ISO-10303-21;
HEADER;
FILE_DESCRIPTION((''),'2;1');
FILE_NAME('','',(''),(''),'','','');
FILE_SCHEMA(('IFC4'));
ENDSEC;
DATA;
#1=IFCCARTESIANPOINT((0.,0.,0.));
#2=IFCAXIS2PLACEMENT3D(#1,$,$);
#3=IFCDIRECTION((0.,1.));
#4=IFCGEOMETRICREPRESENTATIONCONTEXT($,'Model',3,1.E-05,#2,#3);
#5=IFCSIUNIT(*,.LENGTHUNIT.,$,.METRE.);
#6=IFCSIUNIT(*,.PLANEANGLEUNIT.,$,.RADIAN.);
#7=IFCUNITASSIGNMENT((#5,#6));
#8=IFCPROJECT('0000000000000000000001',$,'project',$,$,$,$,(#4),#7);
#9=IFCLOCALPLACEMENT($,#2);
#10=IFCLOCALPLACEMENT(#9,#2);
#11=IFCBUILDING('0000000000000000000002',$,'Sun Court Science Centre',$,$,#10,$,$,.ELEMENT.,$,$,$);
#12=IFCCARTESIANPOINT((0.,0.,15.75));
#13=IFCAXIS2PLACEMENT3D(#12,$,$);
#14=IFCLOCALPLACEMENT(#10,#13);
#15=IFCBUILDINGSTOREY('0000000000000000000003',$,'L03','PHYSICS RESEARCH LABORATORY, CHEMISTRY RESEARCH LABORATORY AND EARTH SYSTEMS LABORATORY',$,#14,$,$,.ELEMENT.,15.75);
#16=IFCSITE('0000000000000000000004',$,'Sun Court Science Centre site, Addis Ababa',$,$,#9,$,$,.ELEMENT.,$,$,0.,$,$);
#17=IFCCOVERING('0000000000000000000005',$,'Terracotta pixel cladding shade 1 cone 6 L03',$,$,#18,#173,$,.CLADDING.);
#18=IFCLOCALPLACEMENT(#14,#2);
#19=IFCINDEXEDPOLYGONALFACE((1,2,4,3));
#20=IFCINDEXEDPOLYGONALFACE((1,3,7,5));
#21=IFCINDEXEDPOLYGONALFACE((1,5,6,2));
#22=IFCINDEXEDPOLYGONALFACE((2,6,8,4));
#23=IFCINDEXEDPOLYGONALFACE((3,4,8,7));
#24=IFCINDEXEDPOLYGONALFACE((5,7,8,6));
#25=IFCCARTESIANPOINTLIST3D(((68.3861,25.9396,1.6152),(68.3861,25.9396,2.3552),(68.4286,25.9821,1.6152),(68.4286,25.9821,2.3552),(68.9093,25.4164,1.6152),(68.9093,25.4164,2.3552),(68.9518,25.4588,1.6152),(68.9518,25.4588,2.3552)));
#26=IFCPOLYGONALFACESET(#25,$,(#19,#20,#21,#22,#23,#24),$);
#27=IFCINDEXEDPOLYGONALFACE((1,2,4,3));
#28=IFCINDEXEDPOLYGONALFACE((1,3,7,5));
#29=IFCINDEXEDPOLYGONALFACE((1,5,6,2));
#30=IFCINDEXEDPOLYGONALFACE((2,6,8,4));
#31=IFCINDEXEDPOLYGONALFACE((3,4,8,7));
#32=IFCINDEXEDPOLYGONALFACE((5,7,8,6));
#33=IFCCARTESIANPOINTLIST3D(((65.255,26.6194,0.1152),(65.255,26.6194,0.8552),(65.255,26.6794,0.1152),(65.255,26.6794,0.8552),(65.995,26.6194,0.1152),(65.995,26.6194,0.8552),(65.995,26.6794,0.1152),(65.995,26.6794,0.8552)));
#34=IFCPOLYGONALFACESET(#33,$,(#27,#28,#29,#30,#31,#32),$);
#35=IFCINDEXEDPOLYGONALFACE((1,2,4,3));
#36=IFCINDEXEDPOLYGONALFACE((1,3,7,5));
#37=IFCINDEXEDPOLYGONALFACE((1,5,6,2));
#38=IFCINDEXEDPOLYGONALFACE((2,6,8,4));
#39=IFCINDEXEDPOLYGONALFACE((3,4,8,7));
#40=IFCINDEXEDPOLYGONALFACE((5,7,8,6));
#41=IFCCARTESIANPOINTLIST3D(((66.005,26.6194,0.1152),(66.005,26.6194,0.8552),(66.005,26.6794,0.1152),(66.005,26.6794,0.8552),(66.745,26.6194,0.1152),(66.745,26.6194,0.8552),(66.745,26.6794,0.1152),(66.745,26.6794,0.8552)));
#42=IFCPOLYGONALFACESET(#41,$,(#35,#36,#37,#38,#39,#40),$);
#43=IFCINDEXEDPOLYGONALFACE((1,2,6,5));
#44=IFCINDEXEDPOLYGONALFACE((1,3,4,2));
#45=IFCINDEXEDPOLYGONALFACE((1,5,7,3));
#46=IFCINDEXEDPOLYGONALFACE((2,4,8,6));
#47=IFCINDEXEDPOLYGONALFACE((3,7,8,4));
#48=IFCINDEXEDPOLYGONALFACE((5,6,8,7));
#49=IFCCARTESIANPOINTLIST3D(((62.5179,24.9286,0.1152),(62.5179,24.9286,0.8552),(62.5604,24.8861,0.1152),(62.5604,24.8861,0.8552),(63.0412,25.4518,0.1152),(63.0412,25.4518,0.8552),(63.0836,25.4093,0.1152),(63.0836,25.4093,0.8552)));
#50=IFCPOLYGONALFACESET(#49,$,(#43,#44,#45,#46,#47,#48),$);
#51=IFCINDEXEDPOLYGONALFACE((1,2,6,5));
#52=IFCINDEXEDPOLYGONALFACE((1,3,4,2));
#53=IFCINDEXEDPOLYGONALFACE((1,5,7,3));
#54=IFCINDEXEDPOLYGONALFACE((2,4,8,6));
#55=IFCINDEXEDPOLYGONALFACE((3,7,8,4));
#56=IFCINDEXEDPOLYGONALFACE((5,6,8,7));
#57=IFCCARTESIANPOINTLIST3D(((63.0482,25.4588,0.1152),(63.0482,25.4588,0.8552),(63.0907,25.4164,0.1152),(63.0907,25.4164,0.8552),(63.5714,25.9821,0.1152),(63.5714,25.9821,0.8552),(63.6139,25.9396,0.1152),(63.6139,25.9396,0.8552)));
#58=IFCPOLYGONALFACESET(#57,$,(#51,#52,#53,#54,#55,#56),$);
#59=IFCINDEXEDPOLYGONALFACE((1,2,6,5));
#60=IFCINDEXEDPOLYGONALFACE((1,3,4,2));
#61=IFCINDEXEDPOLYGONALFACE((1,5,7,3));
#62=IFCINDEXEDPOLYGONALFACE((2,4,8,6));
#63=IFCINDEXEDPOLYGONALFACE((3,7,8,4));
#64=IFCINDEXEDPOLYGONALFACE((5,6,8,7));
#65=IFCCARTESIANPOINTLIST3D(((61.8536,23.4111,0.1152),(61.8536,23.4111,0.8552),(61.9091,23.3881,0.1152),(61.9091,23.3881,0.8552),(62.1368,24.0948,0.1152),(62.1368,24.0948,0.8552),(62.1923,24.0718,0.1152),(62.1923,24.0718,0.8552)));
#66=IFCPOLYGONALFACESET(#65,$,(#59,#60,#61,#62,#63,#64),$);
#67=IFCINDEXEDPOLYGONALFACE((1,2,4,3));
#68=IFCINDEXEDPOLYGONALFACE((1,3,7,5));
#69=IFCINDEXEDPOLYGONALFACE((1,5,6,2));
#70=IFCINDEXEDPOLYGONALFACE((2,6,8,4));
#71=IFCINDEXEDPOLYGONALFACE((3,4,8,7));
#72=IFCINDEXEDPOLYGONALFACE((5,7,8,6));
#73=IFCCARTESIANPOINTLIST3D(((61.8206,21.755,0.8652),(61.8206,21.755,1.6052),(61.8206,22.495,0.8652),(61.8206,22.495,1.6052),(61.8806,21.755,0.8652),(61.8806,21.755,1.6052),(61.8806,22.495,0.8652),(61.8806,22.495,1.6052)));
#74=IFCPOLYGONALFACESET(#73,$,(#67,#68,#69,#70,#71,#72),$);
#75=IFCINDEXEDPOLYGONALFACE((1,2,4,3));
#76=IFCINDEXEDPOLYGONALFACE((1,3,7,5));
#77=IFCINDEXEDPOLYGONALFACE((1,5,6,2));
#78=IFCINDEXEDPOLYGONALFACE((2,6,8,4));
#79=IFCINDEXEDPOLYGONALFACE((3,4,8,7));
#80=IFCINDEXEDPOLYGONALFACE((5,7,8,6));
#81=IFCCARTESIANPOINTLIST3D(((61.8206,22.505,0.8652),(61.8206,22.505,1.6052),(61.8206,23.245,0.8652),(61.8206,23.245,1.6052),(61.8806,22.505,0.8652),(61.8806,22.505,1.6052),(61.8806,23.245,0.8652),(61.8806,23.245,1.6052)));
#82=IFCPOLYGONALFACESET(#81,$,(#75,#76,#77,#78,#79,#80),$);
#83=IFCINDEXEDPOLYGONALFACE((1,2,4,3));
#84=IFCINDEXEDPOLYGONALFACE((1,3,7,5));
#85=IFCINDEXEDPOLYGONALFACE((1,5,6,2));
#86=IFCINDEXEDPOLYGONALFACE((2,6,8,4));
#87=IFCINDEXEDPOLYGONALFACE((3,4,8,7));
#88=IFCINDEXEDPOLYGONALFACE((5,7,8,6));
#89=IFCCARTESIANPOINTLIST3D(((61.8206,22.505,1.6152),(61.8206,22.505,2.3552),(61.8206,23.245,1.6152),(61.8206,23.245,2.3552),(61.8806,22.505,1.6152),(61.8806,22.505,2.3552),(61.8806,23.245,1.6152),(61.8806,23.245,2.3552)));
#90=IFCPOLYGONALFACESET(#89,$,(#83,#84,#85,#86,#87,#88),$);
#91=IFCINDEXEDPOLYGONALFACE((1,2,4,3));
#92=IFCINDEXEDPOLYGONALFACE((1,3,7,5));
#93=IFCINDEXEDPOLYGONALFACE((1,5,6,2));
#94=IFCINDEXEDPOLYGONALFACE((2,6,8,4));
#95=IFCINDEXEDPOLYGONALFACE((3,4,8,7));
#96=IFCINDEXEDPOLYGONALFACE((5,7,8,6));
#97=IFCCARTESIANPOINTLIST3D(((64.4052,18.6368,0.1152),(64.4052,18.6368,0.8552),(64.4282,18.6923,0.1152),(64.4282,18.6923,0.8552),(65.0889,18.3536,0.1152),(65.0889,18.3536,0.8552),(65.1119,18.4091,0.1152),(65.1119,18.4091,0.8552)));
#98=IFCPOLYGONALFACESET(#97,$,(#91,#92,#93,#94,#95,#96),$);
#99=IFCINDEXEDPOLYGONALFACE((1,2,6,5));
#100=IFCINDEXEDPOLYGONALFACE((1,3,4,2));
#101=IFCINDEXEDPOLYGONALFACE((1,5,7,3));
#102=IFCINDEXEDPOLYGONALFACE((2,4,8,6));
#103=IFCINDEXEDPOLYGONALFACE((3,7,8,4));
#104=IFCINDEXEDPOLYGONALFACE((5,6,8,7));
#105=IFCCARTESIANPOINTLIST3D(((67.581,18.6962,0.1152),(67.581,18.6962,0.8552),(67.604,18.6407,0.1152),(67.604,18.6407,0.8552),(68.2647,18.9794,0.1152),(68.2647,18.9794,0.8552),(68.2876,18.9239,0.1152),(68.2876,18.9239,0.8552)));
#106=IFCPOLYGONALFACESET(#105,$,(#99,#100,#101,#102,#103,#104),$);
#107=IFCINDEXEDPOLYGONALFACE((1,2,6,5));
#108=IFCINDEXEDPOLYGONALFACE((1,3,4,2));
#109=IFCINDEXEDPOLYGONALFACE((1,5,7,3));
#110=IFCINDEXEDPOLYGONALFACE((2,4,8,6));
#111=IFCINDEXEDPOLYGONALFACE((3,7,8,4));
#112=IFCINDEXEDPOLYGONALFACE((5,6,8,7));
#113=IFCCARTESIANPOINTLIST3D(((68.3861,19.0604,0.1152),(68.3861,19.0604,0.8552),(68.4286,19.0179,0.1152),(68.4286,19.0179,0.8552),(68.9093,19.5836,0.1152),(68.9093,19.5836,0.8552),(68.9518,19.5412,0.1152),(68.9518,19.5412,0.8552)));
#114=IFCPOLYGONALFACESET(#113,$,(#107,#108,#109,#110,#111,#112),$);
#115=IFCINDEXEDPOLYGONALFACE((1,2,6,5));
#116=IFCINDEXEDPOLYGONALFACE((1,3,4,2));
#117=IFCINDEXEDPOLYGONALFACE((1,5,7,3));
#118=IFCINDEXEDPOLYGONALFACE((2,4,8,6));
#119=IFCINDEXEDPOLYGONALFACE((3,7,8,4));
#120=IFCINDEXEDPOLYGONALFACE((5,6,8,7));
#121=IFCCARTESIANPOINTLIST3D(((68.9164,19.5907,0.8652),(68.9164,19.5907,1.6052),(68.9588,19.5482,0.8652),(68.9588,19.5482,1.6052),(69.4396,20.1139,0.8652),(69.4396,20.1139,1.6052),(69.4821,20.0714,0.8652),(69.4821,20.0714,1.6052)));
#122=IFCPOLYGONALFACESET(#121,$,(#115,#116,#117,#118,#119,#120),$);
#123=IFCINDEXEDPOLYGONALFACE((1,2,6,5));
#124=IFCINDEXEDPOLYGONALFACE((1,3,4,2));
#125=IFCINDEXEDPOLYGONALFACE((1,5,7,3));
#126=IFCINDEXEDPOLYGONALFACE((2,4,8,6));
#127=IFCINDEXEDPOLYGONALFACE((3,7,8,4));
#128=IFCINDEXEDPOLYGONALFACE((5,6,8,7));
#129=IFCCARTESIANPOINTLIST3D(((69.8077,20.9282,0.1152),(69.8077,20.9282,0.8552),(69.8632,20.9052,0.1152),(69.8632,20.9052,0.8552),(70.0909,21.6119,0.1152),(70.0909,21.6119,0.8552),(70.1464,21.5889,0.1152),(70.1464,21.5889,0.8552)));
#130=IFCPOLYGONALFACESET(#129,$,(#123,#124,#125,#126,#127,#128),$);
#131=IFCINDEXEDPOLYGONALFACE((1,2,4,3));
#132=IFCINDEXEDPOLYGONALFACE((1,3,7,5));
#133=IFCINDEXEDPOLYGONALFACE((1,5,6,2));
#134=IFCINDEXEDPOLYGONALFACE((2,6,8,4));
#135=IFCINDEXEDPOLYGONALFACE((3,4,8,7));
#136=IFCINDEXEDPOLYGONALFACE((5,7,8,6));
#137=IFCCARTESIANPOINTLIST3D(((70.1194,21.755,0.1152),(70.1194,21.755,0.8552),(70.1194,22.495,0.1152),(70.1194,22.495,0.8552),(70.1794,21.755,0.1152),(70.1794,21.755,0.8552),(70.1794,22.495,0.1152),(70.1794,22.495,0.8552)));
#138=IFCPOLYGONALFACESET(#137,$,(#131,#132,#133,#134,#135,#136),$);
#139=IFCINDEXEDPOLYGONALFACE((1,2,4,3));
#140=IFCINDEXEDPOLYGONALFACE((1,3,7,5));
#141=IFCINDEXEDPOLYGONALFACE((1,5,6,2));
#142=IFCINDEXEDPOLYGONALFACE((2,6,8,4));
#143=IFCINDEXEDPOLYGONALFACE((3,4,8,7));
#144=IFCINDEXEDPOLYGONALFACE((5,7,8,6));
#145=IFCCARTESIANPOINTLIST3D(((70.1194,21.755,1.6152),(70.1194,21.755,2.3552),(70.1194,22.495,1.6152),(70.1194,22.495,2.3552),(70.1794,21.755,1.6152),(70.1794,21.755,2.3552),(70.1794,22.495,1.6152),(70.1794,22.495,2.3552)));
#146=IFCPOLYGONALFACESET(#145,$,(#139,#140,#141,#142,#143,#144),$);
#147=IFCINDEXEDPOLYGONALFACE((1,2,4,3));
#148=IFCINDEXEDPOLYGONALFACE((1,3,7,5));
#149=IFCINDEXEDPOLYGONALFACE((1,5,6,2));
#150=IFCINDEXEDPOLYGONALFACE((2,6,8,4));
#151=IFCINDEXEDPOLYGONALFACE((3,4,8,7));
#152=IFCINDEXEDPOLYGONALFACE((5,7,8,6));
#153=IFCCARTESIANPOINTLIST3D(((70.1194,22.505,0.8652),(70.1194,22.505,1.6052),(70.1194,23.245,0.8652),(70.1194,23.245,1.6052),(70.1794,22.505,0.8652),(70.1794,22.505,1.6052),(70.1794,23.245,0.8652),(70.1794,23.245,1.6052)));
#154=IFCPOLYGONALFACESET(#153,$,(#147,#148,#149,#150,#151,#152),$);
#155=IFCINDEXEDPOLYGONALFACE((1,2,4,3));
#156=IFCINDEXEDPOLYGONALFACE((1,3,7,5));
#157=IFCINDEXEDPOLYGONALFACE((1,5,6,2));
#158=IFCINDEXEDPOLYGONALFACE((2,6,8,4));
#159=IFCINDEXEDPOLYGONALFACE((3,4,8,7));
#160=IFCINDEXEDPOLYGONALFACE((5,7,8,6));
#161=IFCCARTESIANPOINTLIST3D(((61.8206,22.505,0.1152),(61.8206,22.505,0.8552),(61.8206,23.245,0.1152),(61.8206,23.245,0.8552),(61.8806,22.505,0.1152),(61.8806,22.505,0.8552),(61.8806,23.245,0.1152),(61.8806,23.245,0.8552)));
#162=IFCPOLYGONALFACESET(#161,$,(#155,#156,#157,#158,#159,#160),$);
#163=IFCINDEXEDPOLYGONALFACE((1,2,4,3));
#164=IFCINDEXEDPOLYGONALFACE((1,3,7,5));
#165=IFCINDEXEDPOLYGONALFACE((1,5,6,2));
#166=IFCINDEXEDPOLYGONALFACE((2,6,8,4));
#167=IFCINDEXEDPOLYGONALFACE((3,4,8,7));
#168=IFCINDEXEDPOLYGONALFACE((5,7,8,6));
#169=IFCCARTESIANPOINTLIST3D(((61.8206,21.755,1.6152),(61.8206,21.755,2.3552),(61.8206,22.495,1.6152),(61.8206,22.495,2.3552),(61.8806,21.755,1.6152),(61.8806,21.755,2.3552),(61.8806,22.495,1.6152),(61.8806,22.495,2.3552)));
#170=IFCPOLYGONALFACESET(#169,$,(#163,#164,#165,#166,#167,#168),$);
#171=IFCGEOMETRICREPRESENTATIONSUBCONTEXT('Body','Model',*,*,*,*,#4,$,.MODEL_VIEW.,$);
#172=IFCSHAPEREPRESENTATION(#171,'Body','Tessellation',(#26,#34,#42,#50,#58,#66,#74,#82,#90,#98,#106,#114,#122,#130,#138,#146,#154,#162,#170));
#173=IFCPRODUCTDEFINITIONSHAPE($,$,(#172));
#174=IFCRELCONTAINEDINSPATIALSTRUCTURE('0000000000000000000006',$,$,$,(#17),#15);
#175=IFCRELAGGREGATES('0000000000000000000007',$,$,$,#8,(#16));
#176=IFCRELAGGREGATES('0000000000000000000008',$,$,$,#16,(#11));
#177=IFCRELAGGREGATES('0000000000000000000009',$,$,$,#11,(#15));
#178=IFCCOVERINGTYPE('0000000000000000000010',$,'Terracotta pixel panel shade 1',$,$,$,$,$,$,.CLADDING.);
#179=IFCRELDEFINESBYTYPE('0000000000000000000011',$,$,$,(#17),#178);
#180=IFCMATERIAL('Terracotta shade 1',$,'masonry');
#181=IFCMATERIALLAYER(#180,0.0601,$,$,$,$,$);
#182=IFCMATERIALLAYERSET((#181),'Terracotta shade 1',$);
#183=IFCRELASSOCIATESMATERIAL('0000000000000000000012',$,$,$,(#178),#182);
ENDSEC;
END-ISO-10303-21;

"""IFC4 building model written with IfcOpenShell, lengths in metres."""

from ifc_helpers import new_model, si_unit, direction, frame, origin, origin_2d, place, context, subcontext, project, spatial, rectangle, extrude, material, layer, layer_set, type_object, element, save


model = new_model("IFC4")

# Units and contexts
model_context = context("Model", 3, precision=1e-05, world=origin(), true_north=direction((0.0, 1.0)))
body_context = subcontext(model_context, "Body", "Model", "MODEL_VIEW")
ifc_project = project(units=[si_unit("LENGTHUNIT", "METRE"), si_unit("PLANEANGLEUNIT", "RADIAN")], contexts=[model_context])

# Site, building, storey
site_placement = place(None, origin())
site = spatial("IfcSite", under=ifc_project, at=site_placement, Name="Sun Court Science Centre site, Addis Ababa", CompositionType="ELEMENT", RefElevation=0.0)
building_placement = place(site_placement, origin())
building = spatial("IfcBuilding", under=site, at=building_placement, Name="Sun Court Science Centre", CompositionType="ELEMENT")
storey_placement = place(building_placement, frame((0.0, 0.0, 15.75)))
storey = spatial("IfcBuildingStorey", under=building, at=storey_placement, Name="L03", Description="PHYSICS RESEARCH LABORATORY, CHEMISTRY RESEARCH LABORATORY AND EARTH SYSTEMS LABORATORY", CompositionType="ELEMENT", Elevation=15.75)

# Covering
ifc_material_1 = material(Name="Terracotta shade 1", Category="masonry")
ifc_layer_1 = layer(ifc_material_1, 0.0601)
ifc_layer_set_1 = layer_set([ifc_layer_1], Name="Terracotta shade 1")
covering_type_1 = type_object("IfcCoveringType", Name="Terracotta pixel panel shade 1", PredefinedType="CLADDING", material=ifc_layer_set_1)
covering_1_placement = place(storey_placement, frame((0.0, 0.0, -15.75)))
element("IfcCovering", 1, at=covering_1_placement, inside=storey, type_object=covering_type_1, Name="Terracotta pixel cladding shade 1 cone 6 L03", PredefinedType="CLADDING", context=body_context, shape_type="SweptSolid", body=[
    extrude(rectangle(XDim=0.74, YDim=0.0601, at=origin_2d()), frame((68.6689, 25.6992, 17.3652), z_axis=(0.0, 0.0, 1.0), x_axis=(0.707107, -0.707107, 0.0)), (0.0, 0.0, 1.0), 0.74),
    extrude(rectangle(XDim=0.74, YDim=0.0601, at=origin_2d()), frame((65.625, 26.6494, 15.8652), z_axis=(0.0, 0.0, 1.0), x_axis=(1.0, 0.0, 0.0)), (0.0, 0.0, 1.0), 0.74),
    extrude(rectangle(XDim=0.74, YDim=0.0601, at=origin_2d()), frame((66.375, 26.6494, 15.8652), z_axis=(0.0, 0.0, 1.0), x_axis=(1.0, 0.0, 0.0)), (0.0, 0.0, 1.0), 0.74),
    extrude(rectangle(XDim=0.74, YDim=0.0601, at=origin_2d()), frame((62.8008, 25.1689, 15.8652), z_axis=(0.0, 0.0, 1.0), x_axis=(0.707107, 0.707107, 0.0)), (0.0, 0.0, 1.0), 0.74),
    extrude(rectangle(XDim=0.74, YDim=0.0601, at=origin_2d()), frame((63.3311, 25.6992, 15.8652), z_axis=(0.0, 0.0, 1.0), x_axis=(0.707107, 0.707107, 0.0)), (0.0, 0.0, 1.0), 0.74),
    extrude(rectangle(XDim=0.74, YDim=0.0601, at=origin_2d()), frame((62.0229, 23.7415, 15.8652), z_axis=(0.0, 0.0, 1.0), x_axis=(0.382683, 0.92388, 0.0)), (0.0, 0.0, 1.0), 0.74),
    extrude(rectangle(XDim=0.74, YDim=0.0601, at=origin_2d()), frame((61.8506, 22.125, 16.6152), z_axis=(0.0, 0.0, 1.0), x_axis=(0.0, 1.0, 0.0)), (0.0, 0.0, 1.0), 0.74),
    extrude(rectangle(XDim=0.74, YDim=0.0601, at=origin_2d()), frame((61.8506, 22.875, 16.6152), z_axis=(0.0, 0.0, 1.0), x_axis=(0.0, 1.0, 0.0)), (0.0, 0.0, 1.0), 0.74),
    extrude(rectangle(XDim=0.74, YDim=0.0601, at=origin_2d()), frame((61.8506, 22.875, 17.3652), z_axis=(0.0, 0.0, 1.0), x_axis=(0.0, 1.0, 0.0)), (0.0, 0.0, 1.0), 0.74),
    extrude(rectangle(XDim=0.74, YDim=0.0601, at=origin_2d()), frame((64.7585, 18.5229, 15.8652), z_axis=(0.0, 0.0, 1.0), x_axis=(-0.92388, 0.382683, 0.0)), (0.0, 0.0, 1.0), 0.74),
    extrude(rectangle(XDim=0.74, YDim=0.0601, at=origin_2d()), frame((67.9343, 18.8101, 15.8652), z_axis=(0.0, 0.0, 1.0), x_axis=(-0.92388, -0.382683, 0.0)), (0.0, 0.0, 1.0), 0.74),
    extrude(rectangle(XDim=0.74, YDim=0.0601, at=origin_2d()), frame((68.6689, 19.3008, 15.8652), z_axis=(0.0, 0.0, 1.0), x_axis=(-0.707107, -0.707107, 0.0)), (0.0, 0.0, 1.0), 0.74),
    extrude(rectangle(XDim=0.74, YDim=0.0601, at=origin_2d()), frame((69.1992, 19.8311, 16.6152), z_axis=(0.0, 0.0, 1.0), x_axis=(-0.707107, -0.707107, 0.0)), (0.0, 0.0, 1.0), 0.74),
    extrude(rectangle(XDim=0.74, YDim=0.0601, at=origin_2d()), frame((69.9771, 21.2585, 15.8652), z_axis=(0.0, 0.0, 1.0), x_axis=(-0.382683, -0.92388, 0.0)), (0.0, 0.0, 1.0), 0.74),
    extrude(rectangle(XDim=0.74, YDim=0.0601, at=origin_2d()), frame((70.1494, 22.125, 15.8652), z_axis=(0.0, 0.0, 1.0), x_axis=(0.0, -1.0, 0.0)), (0.0, 0.0, 1.0), 0.74),
    extrude(rectangle(XDim=0.74, YDim=0.0601, at=origin_2d()), frame((70.1494, 22.125, 17.3652), z_axis=(0.0, 0.0, 1.0), x_axis=(0.0, -1.0, 0.0)), (0.0, 0.0, 1.0), 0.74),
    extrude(rectangle(XDim=0.74, YDim=0.0601, at=origin_2d()), frame((70.1494, 22.875, 16.6152), z_axis=(0.0, 0.0, 1.0), x_axis=(0.0, -1.0, 0.0)), (0.0, 0.0, 1.0), 0.74),
    extrude(rectangle(XDim=0.74, YDim=0.0601, at=origin_2d()), frame((61.8506, 22.875, 15.8652), z_axis=(0.0, 0.0, 1.0), x_axis=(0.0, 1.0, 0.0)), (0.0, 0.0, 1.0), 0.74),
    extrude(rectangle(XDim=0.74, YDim=0.0601, at=origin_2d()), frame((61.8506, 22.125, 17.3652), z_axis=(0.0, 0.0, 1.0), x_axis=(0.0, 1.0, 0.0)), (0.0, 0.0, 1.0), 0.74),
])

save(model, "model.ifc")
